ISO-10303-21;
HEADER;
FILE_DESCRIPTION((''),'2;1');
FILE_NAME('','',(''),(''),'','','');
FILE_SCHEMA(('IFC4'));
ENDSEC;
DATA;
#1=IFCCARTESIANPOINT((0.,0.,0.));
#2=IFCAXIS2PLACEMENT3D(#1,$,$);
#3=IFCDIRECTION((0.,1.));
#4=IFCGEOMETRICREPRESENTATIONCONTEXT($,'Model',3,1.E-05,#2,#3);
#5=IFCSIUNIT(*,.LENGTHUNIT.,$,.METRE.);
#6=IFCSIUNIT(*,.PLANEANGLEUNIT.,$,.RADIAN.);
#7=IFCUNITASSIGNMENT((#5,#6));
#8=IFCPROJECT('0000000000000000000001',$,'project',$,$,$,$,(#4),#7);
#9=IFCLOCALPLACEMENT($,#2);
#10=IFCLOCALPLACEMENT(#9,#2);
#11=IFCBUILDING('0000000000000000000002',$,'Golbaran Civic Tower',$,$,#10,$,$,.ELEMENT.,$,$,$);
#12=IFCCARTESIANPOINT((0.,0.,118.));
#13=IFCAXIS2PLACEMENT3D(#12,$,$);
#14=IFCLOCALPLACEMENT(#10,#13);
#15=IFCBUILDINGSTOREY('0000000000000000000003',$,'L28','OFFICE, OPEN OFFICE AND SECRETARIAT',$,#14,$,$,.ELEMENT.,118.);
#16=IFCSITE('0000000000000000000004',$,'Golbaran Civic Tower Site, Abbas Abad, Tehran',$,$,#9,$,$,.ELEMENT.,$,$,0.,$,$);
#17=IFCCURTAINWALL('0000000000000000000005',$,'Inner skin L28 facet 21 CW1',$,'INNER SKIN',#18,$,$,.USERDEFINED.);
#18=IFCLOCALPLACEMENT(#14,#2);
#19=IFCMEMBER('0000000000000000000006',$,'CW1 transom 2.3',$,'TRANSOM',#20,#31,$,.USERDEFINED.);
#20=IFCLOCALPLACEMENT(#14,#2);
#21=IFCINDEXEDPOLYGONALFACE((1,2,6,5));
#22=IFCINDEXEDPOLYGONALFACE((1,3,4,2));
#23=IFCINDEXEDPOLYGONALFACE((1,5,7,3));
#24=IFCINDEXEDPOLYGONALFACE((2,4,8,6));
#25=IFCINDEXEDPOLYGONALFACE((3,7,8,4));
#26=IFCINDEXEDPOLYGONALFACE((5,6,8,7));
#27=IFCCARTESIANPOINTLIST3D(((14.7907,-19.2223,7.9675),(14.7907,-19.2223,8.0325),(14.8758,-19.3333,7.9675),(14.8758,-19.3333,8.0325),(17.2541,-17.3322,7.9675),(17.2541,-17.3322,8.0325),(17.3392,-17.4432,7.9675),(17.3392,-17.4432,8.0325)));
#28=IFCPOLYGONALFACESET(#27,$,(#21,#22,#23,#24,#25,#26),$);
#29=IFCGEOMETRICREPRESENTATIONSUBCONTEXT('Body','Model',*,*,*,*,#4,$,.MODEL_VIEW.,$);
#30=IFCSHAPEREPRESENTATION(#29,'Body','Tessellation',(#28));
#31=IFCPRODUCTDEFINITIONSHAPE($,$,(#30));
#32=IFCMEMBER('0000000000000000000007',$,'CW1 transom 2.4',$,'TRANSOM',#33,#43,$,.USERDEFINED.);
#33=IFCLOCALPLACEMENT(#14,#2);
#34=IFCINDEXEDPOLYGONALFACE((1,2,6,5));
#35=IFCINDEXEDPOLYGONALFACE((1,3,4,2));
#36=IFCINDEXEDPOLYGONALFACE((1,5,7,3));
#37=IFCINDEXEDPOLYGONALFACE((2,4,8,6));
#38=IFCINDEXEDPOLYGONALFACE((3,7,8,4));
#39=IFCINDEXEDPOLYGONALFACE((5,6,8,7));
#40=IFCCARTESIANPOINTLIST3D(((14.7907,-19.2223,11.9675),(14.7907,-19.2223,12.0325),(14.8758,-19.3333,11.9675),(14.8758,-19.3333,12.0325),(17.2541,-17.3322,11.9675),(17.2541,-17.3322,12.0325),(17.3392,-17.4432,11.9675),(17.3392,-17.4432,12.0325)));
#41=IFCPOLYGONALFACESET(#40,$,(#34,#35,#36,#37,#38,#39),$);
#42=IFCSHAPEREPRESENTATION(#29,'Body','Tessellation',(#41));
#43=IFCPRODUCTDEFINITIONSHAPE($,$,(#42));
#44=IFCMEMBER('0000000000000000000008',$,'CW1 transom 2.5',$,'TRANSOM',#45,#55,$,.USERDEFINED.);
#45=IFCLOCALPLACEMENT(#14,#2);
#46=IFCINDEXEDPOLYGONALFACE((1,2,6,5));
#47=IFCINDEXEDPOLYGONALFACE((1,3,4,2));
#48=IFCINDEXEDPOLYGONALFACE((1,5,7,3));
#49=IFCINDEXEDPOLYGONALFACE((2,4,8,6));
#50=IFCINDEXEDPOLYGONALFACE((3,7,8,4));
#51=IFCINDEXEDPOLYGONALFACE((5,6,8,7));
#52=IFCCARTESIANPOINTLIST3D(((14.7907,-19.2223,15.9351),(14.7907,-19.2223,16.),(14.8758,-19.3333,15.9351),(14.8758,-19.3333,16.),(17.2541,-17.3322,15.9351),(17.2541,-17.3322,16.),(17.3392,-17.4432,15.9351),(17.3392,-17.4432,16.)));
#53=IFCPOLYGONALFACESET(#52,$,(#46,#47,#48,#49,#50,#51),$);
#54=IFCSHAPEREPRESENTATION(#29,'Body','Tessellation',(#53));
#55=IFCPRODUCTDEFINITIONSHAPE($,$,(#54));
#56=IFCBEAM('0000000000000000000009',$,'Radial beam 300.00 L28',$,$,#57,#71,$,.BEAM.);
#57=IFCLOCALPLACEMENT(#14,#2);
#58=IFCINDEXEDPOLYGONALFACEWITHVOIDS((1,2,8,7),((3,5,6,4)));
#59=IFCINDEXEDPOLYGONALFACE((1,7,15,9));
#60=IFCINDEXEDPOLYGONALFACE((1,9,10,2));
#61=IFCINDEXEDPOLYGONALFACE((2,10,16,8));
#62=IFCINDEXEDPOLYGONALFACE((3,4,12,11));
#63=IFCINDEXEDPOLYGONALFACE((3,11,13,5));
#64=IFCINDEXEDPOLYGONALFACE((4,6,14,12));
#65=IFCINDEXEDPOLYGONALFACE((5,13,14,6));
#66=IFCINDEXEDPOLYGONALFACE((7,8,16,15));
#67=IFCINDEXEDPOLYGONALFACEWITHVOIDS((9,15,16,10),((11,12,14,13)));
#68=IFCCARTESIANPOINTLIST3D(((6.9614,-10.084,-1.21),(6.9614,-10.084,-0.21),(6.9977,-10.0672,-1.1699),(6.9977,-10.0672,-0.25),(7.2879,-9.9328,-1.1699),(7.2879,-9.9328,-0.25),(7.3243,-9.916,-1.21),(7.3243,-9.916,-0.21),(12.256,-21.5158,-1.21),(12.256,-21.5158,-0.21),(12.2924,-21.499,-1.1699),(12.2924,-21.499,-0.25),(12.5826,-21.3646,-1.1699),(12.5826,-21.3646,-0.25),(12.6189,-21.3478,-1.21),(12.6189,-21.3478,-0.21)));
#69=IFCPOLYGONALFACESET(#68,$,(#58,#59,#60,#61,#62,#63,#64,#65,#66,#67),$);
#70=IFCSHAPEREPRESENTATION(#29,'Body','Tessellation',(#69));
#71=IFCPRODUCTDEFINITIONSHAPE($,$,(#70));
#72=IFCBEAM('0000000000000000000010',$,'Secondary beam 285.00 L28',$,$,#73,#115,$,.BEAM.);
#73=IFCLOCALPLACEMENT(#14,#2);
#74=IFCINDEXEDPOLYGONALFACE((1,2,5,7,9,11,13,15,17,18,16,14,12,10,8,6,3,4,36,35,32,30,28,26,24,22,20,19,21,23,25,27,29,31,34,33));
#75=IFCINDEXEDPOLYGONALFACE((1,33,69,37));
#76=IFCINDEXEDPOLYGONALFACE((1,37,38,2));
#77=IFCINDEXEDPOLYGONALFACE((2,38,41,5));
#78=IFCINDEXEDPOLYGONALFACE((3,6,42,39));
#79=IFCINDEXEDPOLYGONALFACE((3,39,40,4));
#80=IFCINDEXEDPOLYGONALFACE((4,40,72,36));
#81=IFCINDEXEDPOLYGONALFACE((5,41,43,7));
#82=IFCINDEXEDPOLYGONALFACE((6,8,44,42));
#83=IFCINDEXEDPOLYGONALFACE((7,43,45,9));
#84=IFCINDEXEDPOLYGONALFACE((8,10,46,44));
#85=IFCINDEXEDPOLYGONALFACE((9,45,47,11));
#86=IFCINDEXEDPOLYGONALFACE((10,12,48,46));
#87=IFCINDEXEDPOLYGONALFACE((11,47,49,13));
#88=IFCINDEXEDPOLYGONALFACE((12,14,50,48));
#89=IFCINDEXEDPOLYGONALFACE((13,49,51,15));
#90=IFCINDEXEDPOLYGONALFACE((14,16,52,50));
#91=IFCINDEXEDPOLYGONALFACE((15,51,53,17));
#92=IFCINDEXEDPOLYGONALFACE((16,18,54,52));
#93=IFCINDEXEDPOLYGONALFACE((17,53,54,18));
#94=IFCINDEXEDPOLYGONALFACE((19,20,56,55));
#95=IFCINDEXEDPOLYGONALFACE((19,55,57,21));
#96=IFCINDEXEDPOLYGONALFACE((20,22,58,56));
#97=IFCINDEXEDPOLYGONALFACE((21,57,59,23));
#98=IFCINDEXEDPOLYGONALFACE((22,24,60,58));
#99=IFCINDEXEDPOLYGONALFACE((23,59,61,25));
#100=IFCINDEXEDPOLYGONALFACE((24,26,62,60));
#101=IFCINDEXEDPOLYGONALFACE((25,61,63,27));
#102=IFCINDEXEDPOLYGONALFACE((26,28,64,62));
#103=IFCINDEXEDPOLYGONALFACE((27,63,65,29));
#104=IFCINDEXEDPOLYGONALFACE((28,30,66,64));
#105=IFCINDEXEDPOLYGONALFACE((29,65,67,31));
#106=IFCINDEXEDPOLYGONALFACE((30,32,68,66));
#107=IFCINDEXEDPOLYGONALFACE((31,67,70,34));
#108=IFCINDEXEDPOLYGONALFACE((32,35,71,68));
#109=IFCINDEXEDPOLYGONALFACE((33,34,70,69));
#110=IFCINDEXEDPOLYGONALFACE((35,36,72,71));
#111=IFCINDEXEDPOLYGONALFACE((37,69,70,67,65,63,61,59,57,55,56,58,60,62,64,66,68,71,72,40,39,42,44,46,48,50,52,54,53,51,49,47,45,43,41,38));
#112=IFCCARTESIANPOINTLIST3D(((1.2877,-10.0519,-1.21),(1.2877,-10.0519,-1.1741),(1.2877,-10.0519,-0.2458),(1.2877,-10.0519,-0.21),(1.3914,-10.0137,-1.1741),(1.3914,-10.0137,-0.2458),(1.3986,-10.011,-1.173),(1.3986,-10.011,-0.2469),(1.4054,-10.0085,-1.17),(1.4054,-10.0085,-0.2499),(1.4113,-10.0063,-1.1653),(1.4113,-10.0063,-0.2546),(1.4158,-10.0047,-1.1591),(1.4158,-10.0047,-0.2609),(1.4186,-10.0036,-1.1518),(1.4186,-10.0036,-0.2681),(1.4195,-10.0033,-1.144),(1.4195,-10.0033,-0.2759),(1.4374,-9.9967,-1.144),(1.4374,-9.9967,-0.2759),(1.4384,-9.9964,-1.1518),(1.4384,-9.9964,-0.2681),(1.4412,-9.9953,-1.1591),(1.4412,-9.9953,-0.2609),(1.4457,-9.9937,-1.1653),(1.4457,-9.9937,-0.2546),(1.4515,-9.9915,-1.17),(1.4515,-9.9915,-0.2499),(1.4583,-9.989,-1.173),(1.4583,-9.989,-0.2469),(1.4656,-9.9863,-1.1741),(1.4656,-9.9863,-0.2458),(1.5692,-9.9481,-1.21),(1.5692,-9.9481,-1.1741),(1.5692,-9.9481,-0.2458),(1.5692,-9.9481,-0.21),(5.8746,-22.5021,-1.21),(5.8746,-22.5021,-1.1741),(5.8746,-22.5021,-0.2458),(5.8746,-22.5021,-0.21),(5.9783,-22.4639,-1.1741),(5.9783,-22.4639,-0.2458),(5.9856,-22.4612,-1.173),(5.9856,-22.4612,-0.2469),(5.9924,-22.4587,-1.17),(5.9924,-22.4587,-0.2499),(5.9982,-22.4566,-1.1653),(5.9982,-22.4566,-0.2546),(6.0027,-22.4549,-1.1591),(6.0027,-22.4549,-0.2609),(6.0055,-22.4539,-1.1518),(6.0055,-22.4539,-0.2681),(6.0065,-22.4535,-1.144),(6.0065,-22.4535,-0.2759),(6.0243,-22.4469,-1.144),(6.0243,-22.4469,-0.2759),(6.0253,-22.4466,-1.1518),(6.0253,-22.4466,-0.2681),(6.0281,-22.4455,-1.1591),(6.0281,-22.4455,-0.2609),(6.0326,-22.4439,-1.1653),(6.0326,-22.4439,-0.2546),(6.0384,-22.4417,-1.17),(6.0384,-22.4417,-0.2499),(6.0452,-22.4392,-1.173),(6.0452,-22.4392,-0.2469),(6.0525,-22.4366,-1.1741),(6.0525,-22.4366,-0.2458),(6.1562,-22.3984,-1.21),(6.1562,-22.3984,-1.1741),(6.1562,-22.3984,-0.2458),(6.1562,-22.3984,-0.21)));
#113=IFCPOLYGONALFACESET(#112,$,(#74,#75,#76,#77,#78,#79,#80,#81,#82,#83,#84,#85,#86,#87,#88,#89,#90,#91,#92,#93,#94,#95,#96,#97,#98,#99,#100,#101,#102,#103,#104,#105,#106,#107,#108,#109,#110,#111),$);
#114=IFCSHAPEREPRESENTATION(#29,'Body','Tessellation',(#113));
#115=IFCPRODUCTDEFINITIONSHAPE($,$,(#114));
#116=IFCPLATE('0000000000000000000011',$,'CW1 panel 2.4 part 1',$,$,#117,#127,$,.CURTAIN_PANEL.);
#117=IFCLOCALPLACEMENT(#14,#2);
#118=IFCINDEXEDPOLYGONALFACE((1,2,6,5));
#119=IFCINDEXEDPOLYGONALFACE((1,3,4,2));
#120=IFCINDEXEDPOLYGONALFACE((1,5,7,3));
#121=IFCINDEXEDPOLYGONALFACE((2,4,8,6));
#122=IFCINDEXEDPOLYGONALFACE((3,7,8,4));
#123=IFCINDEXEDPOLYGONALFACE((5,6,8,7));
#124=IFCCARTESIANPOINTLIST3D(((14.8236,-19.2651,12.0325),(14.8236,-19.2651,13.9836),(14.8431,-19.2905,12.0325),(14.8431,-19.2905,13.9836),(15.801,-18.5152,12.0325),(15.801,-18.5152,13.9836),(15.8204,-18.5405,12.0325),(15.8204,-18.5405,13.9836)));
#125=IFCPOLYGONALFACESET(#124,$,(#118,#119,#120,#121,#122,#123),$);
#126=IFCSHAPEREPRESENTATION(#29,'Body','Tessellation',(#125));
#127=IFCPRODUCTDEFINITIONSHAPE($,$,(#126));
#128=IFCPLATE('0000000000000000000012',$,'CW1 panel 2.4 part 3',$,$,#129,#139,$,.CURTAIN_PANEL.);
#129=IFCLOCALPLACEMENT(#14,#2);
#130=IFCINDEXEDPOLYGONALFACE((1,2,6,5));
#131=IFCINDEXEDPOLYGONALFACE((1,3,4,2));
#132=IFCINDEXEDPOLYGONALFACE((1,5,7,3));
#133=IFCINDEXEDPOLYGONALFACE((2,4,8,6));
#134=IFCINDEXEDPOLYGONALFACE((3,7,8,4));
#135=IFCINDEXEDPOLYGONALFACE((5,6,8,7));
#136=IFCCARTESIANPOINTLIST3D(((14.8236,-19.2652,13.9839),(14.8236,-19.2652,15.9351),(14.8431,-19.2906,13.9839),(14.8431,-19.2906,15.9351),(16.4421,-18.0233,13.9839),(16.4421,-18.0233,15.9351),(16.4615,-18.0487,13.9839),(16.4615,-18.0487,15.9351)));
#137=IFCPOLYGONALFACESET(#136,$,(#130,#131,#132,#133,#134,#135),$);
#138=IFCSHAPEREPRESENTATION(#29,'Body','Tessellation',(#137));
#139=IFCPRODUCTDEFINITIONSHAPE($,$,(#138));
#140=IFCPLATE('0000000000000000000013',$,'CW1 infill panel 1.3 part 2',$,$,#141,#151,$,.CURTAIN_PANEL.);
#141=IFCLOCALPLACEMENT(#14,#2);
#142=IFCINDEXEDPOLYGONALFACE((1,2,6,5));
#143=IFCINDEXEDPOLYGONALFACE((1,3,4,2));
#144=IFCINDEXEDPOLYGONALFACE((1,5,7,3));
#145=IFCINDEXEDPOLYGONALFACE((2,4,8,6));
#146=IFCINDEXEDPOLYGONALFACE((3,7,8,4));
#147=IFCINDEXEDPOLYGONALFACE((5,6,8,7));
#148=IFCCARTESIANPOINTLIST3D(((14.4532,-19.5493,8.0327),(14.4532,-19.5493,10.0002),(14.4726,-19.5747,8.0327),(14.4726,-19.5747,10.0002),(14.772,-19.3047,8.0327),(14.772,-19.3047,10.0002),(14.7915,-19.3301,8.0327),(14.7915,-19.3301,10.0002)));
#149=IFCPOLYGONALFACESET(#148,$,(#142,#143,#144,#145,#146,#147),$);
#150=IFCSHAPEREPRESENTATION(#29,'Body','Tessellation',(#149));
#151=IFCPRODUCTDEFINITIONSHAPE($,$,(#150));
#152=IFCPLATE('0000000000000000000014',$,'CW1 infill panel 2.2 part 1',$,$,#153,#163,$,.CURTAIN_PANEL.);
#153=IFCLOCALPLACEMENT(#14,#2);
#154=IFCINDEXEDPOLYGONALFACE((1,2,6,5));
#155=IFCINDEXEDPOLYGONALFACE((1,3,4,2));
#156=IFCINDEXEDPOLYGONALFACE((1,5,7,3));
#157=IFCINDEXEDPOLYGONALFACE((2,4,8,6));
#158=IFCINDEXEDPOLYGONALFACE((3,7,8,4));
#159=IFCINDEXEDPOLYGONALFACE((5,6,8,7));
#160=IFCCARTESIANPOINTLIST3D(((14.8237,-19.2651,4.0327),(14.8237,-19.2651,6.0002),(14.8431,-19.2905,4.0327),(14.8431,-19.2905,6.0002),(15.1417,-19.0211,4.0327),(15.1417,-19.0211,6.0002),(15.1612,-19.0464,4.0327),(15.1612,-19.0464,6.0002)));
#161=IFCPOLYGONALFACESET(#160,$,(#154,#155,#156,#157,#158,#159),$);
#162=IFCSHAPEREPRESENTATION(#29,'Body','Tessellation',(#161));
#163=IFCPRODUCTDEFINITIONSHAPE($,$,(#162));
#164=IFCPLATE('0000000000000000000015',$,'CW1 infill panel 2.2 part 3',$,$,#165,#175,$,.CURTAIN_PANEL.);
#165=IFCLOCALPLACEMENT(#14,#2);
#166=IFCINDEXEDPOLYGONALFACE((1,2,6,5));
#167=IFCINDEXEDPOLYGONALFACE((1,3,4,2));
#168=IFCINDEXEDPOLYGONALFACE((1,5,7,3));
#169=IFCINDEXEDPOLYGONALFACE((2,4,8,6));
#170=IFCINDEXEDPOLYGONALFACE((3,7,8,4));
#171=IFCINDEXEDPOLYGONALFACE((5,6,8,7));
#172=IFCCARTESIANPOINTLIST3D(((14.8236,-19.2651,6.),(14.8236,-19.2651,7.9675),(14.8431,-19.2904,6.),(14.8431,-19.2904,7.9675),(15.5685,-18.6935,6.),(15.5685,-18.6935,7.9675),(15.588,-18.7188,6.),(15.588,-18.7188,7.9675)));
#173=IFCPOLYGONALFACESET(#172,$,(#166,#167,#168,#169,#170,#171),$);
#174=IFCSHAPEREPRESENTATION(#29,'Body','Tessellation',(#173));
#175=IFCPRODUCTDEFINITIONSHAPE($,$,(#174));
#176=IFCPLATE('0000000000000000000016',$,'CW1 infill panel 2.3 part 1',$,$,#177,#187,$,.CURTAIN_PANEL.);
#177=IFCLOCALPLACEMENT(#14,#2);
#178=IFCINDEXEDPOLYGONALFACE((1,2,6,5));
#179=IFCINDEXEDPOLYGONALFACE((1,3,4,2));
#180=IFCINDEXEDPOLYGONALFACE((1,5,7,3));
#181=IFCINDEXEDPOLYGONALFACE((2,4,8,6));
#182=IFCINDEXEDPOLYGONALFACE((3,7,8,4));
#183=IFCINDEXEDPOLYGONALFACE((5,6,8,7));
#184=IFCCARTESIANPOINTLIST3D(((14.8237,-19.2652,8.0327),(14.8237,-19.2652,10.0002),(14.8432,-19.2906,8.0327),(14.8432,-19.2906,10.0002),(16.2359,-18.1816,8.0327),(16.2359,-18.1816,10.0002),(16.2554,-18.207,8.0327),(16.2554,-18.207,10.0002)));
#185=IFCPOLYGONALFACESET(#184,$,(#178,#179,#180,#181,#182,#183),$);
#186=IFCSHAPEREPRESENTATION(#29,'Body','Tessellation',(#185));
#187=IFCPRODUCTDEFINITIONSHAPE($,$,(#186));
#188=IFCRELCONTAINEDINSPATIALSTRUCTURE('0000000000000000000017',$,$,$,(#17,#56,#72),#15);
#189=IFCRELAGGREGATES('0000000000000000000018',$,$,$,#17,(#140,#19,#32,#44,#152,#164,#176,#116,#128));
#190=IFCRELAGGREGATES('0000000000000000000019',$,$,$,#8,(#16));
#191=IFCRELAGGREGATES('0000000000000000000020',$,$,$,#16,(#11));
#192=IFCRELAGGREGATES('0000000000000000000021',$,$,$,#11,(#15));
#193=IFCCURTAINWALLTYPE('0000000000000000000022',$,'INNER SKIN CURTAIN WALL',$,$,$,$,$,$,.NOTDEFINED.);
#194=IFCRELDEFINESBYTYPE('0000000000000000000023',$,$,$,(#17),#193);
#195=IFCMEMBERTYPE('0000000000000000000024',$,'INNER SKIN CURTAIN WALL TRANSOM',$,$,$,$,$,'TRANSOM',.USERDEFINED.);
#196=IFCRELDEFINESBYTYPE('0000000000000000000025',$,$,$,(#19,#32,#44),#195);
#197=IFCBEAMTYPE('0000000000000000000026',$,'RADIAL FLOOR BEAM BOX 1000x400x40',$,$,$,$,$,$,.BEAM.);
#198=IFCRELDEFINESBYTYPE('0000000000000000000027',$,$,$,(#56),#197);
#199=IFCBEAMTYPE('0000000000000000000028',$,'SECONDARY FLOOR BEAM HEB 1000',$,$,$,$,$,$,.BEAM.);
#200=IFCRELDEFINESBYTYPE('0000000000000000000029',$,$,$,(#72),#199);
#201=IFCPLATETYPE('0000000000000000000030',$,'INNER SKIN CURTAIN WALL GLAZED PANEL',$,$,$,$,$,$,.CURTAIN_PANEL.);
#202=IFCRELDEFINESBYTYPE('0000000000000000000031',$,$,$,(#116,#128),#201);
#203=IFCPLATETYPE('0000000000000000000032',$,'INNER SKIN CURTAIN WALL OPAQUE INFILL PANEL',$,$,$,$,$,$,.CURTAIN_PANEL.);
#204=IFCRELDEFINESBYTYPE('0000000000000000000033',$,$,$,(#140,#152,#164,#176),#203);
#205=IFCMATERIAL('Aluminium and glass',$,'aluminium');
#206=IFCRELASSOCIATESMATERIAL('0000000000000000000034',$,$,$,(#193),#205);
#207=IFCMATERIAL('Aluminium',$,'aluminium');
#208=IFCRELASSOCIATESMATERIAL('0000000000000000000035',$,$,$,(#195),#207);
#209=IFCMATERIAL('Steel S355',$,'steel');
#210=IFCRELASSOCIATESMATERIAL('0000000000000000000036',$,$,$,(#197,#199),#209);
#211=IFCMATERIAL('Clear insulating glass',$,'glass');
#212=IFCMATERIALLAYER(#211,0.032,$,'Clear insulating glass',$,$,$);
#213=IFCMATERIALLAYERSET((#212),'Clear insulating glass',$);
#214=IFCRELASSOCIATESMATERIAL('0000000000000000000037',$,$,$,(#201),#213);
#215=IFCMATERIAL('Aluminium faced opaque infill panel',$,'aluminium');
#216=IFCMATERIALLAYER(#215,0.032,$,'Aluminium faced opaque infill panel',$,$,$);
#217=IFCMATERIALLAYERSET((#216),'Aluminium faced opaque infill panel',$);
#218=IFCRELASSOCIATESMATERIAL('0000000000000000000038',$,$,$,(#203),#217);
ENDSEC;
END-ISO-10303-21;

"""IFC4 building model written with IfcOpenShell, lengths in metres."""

from ifc_helpers import new_model, si_unit, direction, frame, origin, origin_2d, place, context, subcontext, project, spatial, rectangle, hollow_rectangle, i_section, extrude, material, layer, layer_set, material_profile, profile_set, type_object, element, aggregate, save


model = new_model("IFC4")

# Units and contexts
model_context = context("Model", 3, precision=1e-05, world=origin(), true_north=direction((0.0, 1.0)))
body_context = subcontext(model_context, "Body", "Model", "MODEL_VIEW")
ifc_project = project(units=[si_unit("LENGTHUNIT", "METRE"), si_unit("PLANEANGLEUNIT", "RADIAN")], contexts=[model_context])

# Site, building, storey
site_placement = place(None, origin())
site = spatial("IfcSite", under=ifc_project, at=site_placement, Name="Golbaran Civic Tower Site, Abbas Abad, Tehran", CompositionType="ELEMENT", RefElevation=0.0)
building_placement = place(site_placement, origin())
building = spatial("IfcBuilding", under=site, at=building_placement, Name="Golbaran Civic Tower", CompositionType="ELEMENT")
storey_placement = place(building_placement, frame((0.0, 0.0, 118.0)))
storey = spatial("IfcBuildingStorey", under=building, at=storey_placement, Name="L28", Description="OFFICE, OPEN OFFICE AND SECRETARIAT", CompositionType="ELEMENT", Elevation=118.0)

# Shared definitions
ifc_material_1 = material(Name="Steel S355", Category="steel")

# Curtain wall, members
ifc_material_2 = material(Name="Aluminium and glass", Category="aluminium")
curtain_wall_type = type_object("IfcCurtainWallType", Name="INNER SKIN CURTAIN WALL", PredefinedType="NOTDEFINED", material=ifc_material_2)
curtain_wall_placement = place(storey_placement, origin())
curtain_wall = element("IfcCurtainWall", 1, at=curtain_wall_placement, inside=storey, type_object=curtain_wall_type, Name="Inner skin L28 facet 21 CW1", ObjectType="INNER SKIN", PredefinedType="USERDEFINED")
ifc_material_3 = material(Name="Aluminium", Category="aluminium")
ifc_material_profile_1 = material_profile(ifc_material_3, rectangle(XDim=0.1399, YDim=0.0649, at=origin_2d()), Name="INNER SKIN CURTAIN WALL TRANSOM")
ifc_profile_set_1 = profile_set([ifc_material_profile_1], Name="Aluminium")
member_type_1 = type_object("IfcMemberType", Name="INNER SKIN CURTAIN WALL TRANSOM", ElementType="TRANSOM", PredefinedType="USERDEFINED", material=ifc_profile_set_1)
member_1_placement = place(storey_placement, frame((14.8333, -19.2778, 8.0), z_axis=(0.793366, 0.608745, 0.0), x_axis=(-0.608745, 0.793366, 0.0)))
member_1 = element("IfcMember", 2, at=member_1_placement, type_object=member_type_1, Name="CW1 transom 2.3", ObjectType="TRANSOM", PredefinedType="USERDEFINED", context=body_context, shape_type="SweptSolid", body=[
    extrude(rectangle(XDim=0.1399, YDim=0.0649, at=origin_2d()), origin(), (0.0, 0.0, 1.0), 3.105),
])
member_2_placement = place(storey_placement, frame((14.8333, -19.2778, 12.0), z_axis=(0.793366, 0.608745, 0.0), x_axis=(-0.608745, 0.793366, 0.0)))
member_2 = element("IfcMember", 3, at=member_2_placement, type_object=member_type_1, Name="CW1 transom 2.4", ObjectType="TRANSOM", PredefinedType="USERDEFINED", context=body_context, shape_type="SweptSolid", body=[
    extrude(rectangle(XDim=0.1399, YDim=0.0649, at=origin_2d()), origin(), (0.0, 0.0, 1.0), 3.105),
])
member_3_placement = place(storey_placement, frame((14.8333, -19.2778, 15.9675), z_axis=(0.793366, 0.608745, 0.0), x_axis=(-0.608745, 0.793366, 0.0)))
member_3 = element("IfcMember", 4, at=member_3_placement, type_object=member_type_1, Name="CW1 transom 2.5", ObjectType="TRANSOM", PredefinedType="USERDEFINED", context=body_context, shape_type="SweptSolid", body=[
    extrude(rectangle(XDim=0.1399, YDim=0.0649, at=origin_2d()), origin(), (0.0, 0.0, 1.0), 3.105),
])

# Beams
ifc_material_profile_2 = material_profile(ifc_material_1, hollow_rectangle(XDim=0.3999, YDim=1.0, WallThickness=0.04, at=origin_2d()), Name="BOX 1000x400x40")
ifc_profile_set_2 = profile_set([ifc_material_profile_2], Name="Steel S355")
beam_type_1 = type_object("IfcBeamType", Name="RADIAL FLOOR BEAM BOX 1000x400x40", PredefinedType="BEAM", material=ifc_profile_set_2)
beam_1_placement = place(storey_placement, frame((7.1428, -10.0, -0.71), z_axis=(0.420263, -0.907402, 0.0), x_axis=(0.907402, 0.420263, 0.0)))
element("IfcBeam", 5, at=beam_1_placement, inside=storey, type_object=beam_type_1, Name="Radial beam 300.00 L28", PredefinedType="BEAM", context=body_context, shape_type="SweptSolid", body=[
    extrude(hollow_rectangle(XDim=0.3999, YDim=1.0, WallThickness=0.04, at=origin_2d()), origin(), (0.0, 0.0, 1.0), 12.5984),
])
ifc_material_profile_3 = material_profile(ifc_material_1, i_section(OverallWidth=0.3, OverallDepth=1.0, WebThickness=0.019, FlangeThickness=0.0359, FilletRadius=0.03, at=origin_2d()), Name="HEB 1000")
ifc_profile_set_3 = profile_set([ifc_material_profile_3], Name="Steel S355")
beam_type_2 = type_object("IfcBeamType", Name="SECONDARY FLOOR BEAM HEB 1000", PredefinedType="BEAM", material=ifc_profile_set_3)
beam_2_placement = place(storey_placement, frame((1.4285, -10.0, -0.71), z_axis=(0.345705, -0.938343, 0.0), x_axis=(0.938343, 0.345705, 0.0)))
element("IfcBeam", 6, at=beam_2_placement, inside=storey, type_object=beam_type_2, Name="Secondary beam 285.00 L28", PredefinedType="BEAM", context=body_context, shape_type="SweptSolid", body=[
    extrude(i_section(OverallWidth=0.3, OverallDepth=1.0, WebThickness=0.019, FlangeThickness=0.0359, FilletRadius=0.03, at=origin_2d()), origin(), (0.0, 0.0, 1.0), 13.2683),
])

# Plates
ifc_material_4 = material(Name="Clear insulating glass", Category="glass")
ifc_layer_1 = layer(ifc_material_4, 0.032, Name="Clear insulating glass")
ifc_layer_set_1 = layer_set([ifc_layer_1], Name="Clear insulating glass")
plate_type_1 = type_object("IfcPlateType", Name="INNER SKIN CURTAIN WALL GLAZED PANEL", PredefinedType="CURTAIN_PANEL", material=ifc_layer_set_1)
plate_1_placement = place(storey_placement, frame((15.322, -18.9028, 12.0325), z_axis=(0.0, 0.0, 1.0), x_axis=(0.793353, 0.608761, 0.0)))
plate_1 = element("IfcPlate", 7, at=plate_1_placement, type_object=plate_type_1, Name="CW1 panel 2.4 part 1", PredefinedType="CURTAIN_PANEL", context=body_context, shape_type="SweptSolid", body=[
    extrude(rectangle(XDim=1.2319, YDim=0.032, at=origin_2d()), origin(), (0.0, 0.0, 1.0), 1.9512),
])
plate_2_placement = place(storey_placement, frame((15.6426, -18.657, 13.9839), z_axis=(0.0, 0.0, 1.0), x_axis=(0.793353, 0.608761, 0.0)))
plate_2 = element("IfcPlate", 8, at=plate_2_placement, type_object=plate_type_1, Name="CW1 panel 2.4 part 3", PredefinedType="CURTAIN_PANEL", context=body_context, shape_type="SweptSolid", body=[
    extrude(rectangle(XDim=2.04, YDim=0.032, at=origin_2d()), origin(), (0.0, 0.0, 1.0), 1.9512),
])
ifc_material_5 = material(Name="Aluminium faced opaque infill panel", Category="aluminium")
ifc_layer_2 = layer(ifc_material_5, 0.032, Name="Aluminium faced opaque infill panel")
ifc_layer_set_2 = layer_set([ifc_layer_2], Name="Aluminium faced opaque infill panel")
plate_type_2 = type_object("IfcPlateType", Name="INNER SKIN CURTAIN WALL OPAQUE INFILL PANEL", PredefinedType="CURTAIN_PANEL", material=ifc_layer_set_2)
plate_3_placement = place(storey_placement, frame((14.6223, -19.4397, 8.0327), z_axis=(0.0, 0.0, 1.0), x_axis=(0.793353, 0.608761, 0.0)))
plate_3 = element("IfcPlate", 9, at=plate_3_placement, type_object=plate_type_2, Name="CW1 infill panel 1.3 part 2", PredefinedType="CURTAIN_PANEL", context=body_context, shape_type="SweptSolid", body=[
    extrude(rectangle(XDim=0.4019, YDim=0.032, at=origin_2d()), origin(), (0.0, 0.0, 1.0), 1.9675),
])
plate_4_placement = place(storey_placement, frame((14.9924, -19.1558, 4.0327), z_axis=(0.0, 0.0, 1.0), x_axis=(0.793353, 0.608761, 0.0)))
plate_4 = element("IfcPlate", 10, at=plate_4_placement, type_object=plate_type_2, Name="CW1 infill panel 2.2 part 1", PredefinedType="CURTAIN_PANEL", context=body_context, shape_type="SweptSolid", body=[
    extrude(rectangle(XDim=0.4009, YDim=0.032, at=origin_2d()), origin(), (0.0, 0.0, 1.0), 1.9675),
])
plate_5_placement = place(storey_placement, frame((15.2058, -18.9919, 6.0), z_axis=(0.0, 0.0, 1.0), x_axis=(0.793353, 0.608761, 0.0)))
plate_5 = element("IfcPlate", 11, at=plate_5_placement, type_object=plate_type_2, Name="CW1 infill panel 2.2 part 3", PredefinedType="CURTAIN_PANEL", context=body_context, shape_type="SweptSolid", body=[
    extrude(rectangle(XDim=0.939, YDim=0.032, at=origin_2d()), origin(), (0.0, 0.0, 1.0), 1.9675),
])
plate_6_placement = place(storey_placement, frame((15.5396, -18.7361, 8.0327), z_axis=(0.0, 0.0, 1.0), x_axis=(0.793353, 0.608761, 0.0)))
plate_6 = element("IfcPlate", 12, at=plate_6_placement, type_object=plate_type_2, Name="CW1 infill panel 2.3 part 1", PredefinedType="CURTAIN_PANEL", context=body_context, shape_type="SweptSolid", body=[
    extrude(rectangle(XDim=1.78, YDim=0.032, at=origin_2d()), origin(), (0.0, 0.0, 1.0), 1.9675),
])
aggregate(curtain_wall, [plate_3, member_1, member_2, member_3, plate_4, plate_5, plate_6, plate_1, plate_2])

save(model, "model.ifc")
